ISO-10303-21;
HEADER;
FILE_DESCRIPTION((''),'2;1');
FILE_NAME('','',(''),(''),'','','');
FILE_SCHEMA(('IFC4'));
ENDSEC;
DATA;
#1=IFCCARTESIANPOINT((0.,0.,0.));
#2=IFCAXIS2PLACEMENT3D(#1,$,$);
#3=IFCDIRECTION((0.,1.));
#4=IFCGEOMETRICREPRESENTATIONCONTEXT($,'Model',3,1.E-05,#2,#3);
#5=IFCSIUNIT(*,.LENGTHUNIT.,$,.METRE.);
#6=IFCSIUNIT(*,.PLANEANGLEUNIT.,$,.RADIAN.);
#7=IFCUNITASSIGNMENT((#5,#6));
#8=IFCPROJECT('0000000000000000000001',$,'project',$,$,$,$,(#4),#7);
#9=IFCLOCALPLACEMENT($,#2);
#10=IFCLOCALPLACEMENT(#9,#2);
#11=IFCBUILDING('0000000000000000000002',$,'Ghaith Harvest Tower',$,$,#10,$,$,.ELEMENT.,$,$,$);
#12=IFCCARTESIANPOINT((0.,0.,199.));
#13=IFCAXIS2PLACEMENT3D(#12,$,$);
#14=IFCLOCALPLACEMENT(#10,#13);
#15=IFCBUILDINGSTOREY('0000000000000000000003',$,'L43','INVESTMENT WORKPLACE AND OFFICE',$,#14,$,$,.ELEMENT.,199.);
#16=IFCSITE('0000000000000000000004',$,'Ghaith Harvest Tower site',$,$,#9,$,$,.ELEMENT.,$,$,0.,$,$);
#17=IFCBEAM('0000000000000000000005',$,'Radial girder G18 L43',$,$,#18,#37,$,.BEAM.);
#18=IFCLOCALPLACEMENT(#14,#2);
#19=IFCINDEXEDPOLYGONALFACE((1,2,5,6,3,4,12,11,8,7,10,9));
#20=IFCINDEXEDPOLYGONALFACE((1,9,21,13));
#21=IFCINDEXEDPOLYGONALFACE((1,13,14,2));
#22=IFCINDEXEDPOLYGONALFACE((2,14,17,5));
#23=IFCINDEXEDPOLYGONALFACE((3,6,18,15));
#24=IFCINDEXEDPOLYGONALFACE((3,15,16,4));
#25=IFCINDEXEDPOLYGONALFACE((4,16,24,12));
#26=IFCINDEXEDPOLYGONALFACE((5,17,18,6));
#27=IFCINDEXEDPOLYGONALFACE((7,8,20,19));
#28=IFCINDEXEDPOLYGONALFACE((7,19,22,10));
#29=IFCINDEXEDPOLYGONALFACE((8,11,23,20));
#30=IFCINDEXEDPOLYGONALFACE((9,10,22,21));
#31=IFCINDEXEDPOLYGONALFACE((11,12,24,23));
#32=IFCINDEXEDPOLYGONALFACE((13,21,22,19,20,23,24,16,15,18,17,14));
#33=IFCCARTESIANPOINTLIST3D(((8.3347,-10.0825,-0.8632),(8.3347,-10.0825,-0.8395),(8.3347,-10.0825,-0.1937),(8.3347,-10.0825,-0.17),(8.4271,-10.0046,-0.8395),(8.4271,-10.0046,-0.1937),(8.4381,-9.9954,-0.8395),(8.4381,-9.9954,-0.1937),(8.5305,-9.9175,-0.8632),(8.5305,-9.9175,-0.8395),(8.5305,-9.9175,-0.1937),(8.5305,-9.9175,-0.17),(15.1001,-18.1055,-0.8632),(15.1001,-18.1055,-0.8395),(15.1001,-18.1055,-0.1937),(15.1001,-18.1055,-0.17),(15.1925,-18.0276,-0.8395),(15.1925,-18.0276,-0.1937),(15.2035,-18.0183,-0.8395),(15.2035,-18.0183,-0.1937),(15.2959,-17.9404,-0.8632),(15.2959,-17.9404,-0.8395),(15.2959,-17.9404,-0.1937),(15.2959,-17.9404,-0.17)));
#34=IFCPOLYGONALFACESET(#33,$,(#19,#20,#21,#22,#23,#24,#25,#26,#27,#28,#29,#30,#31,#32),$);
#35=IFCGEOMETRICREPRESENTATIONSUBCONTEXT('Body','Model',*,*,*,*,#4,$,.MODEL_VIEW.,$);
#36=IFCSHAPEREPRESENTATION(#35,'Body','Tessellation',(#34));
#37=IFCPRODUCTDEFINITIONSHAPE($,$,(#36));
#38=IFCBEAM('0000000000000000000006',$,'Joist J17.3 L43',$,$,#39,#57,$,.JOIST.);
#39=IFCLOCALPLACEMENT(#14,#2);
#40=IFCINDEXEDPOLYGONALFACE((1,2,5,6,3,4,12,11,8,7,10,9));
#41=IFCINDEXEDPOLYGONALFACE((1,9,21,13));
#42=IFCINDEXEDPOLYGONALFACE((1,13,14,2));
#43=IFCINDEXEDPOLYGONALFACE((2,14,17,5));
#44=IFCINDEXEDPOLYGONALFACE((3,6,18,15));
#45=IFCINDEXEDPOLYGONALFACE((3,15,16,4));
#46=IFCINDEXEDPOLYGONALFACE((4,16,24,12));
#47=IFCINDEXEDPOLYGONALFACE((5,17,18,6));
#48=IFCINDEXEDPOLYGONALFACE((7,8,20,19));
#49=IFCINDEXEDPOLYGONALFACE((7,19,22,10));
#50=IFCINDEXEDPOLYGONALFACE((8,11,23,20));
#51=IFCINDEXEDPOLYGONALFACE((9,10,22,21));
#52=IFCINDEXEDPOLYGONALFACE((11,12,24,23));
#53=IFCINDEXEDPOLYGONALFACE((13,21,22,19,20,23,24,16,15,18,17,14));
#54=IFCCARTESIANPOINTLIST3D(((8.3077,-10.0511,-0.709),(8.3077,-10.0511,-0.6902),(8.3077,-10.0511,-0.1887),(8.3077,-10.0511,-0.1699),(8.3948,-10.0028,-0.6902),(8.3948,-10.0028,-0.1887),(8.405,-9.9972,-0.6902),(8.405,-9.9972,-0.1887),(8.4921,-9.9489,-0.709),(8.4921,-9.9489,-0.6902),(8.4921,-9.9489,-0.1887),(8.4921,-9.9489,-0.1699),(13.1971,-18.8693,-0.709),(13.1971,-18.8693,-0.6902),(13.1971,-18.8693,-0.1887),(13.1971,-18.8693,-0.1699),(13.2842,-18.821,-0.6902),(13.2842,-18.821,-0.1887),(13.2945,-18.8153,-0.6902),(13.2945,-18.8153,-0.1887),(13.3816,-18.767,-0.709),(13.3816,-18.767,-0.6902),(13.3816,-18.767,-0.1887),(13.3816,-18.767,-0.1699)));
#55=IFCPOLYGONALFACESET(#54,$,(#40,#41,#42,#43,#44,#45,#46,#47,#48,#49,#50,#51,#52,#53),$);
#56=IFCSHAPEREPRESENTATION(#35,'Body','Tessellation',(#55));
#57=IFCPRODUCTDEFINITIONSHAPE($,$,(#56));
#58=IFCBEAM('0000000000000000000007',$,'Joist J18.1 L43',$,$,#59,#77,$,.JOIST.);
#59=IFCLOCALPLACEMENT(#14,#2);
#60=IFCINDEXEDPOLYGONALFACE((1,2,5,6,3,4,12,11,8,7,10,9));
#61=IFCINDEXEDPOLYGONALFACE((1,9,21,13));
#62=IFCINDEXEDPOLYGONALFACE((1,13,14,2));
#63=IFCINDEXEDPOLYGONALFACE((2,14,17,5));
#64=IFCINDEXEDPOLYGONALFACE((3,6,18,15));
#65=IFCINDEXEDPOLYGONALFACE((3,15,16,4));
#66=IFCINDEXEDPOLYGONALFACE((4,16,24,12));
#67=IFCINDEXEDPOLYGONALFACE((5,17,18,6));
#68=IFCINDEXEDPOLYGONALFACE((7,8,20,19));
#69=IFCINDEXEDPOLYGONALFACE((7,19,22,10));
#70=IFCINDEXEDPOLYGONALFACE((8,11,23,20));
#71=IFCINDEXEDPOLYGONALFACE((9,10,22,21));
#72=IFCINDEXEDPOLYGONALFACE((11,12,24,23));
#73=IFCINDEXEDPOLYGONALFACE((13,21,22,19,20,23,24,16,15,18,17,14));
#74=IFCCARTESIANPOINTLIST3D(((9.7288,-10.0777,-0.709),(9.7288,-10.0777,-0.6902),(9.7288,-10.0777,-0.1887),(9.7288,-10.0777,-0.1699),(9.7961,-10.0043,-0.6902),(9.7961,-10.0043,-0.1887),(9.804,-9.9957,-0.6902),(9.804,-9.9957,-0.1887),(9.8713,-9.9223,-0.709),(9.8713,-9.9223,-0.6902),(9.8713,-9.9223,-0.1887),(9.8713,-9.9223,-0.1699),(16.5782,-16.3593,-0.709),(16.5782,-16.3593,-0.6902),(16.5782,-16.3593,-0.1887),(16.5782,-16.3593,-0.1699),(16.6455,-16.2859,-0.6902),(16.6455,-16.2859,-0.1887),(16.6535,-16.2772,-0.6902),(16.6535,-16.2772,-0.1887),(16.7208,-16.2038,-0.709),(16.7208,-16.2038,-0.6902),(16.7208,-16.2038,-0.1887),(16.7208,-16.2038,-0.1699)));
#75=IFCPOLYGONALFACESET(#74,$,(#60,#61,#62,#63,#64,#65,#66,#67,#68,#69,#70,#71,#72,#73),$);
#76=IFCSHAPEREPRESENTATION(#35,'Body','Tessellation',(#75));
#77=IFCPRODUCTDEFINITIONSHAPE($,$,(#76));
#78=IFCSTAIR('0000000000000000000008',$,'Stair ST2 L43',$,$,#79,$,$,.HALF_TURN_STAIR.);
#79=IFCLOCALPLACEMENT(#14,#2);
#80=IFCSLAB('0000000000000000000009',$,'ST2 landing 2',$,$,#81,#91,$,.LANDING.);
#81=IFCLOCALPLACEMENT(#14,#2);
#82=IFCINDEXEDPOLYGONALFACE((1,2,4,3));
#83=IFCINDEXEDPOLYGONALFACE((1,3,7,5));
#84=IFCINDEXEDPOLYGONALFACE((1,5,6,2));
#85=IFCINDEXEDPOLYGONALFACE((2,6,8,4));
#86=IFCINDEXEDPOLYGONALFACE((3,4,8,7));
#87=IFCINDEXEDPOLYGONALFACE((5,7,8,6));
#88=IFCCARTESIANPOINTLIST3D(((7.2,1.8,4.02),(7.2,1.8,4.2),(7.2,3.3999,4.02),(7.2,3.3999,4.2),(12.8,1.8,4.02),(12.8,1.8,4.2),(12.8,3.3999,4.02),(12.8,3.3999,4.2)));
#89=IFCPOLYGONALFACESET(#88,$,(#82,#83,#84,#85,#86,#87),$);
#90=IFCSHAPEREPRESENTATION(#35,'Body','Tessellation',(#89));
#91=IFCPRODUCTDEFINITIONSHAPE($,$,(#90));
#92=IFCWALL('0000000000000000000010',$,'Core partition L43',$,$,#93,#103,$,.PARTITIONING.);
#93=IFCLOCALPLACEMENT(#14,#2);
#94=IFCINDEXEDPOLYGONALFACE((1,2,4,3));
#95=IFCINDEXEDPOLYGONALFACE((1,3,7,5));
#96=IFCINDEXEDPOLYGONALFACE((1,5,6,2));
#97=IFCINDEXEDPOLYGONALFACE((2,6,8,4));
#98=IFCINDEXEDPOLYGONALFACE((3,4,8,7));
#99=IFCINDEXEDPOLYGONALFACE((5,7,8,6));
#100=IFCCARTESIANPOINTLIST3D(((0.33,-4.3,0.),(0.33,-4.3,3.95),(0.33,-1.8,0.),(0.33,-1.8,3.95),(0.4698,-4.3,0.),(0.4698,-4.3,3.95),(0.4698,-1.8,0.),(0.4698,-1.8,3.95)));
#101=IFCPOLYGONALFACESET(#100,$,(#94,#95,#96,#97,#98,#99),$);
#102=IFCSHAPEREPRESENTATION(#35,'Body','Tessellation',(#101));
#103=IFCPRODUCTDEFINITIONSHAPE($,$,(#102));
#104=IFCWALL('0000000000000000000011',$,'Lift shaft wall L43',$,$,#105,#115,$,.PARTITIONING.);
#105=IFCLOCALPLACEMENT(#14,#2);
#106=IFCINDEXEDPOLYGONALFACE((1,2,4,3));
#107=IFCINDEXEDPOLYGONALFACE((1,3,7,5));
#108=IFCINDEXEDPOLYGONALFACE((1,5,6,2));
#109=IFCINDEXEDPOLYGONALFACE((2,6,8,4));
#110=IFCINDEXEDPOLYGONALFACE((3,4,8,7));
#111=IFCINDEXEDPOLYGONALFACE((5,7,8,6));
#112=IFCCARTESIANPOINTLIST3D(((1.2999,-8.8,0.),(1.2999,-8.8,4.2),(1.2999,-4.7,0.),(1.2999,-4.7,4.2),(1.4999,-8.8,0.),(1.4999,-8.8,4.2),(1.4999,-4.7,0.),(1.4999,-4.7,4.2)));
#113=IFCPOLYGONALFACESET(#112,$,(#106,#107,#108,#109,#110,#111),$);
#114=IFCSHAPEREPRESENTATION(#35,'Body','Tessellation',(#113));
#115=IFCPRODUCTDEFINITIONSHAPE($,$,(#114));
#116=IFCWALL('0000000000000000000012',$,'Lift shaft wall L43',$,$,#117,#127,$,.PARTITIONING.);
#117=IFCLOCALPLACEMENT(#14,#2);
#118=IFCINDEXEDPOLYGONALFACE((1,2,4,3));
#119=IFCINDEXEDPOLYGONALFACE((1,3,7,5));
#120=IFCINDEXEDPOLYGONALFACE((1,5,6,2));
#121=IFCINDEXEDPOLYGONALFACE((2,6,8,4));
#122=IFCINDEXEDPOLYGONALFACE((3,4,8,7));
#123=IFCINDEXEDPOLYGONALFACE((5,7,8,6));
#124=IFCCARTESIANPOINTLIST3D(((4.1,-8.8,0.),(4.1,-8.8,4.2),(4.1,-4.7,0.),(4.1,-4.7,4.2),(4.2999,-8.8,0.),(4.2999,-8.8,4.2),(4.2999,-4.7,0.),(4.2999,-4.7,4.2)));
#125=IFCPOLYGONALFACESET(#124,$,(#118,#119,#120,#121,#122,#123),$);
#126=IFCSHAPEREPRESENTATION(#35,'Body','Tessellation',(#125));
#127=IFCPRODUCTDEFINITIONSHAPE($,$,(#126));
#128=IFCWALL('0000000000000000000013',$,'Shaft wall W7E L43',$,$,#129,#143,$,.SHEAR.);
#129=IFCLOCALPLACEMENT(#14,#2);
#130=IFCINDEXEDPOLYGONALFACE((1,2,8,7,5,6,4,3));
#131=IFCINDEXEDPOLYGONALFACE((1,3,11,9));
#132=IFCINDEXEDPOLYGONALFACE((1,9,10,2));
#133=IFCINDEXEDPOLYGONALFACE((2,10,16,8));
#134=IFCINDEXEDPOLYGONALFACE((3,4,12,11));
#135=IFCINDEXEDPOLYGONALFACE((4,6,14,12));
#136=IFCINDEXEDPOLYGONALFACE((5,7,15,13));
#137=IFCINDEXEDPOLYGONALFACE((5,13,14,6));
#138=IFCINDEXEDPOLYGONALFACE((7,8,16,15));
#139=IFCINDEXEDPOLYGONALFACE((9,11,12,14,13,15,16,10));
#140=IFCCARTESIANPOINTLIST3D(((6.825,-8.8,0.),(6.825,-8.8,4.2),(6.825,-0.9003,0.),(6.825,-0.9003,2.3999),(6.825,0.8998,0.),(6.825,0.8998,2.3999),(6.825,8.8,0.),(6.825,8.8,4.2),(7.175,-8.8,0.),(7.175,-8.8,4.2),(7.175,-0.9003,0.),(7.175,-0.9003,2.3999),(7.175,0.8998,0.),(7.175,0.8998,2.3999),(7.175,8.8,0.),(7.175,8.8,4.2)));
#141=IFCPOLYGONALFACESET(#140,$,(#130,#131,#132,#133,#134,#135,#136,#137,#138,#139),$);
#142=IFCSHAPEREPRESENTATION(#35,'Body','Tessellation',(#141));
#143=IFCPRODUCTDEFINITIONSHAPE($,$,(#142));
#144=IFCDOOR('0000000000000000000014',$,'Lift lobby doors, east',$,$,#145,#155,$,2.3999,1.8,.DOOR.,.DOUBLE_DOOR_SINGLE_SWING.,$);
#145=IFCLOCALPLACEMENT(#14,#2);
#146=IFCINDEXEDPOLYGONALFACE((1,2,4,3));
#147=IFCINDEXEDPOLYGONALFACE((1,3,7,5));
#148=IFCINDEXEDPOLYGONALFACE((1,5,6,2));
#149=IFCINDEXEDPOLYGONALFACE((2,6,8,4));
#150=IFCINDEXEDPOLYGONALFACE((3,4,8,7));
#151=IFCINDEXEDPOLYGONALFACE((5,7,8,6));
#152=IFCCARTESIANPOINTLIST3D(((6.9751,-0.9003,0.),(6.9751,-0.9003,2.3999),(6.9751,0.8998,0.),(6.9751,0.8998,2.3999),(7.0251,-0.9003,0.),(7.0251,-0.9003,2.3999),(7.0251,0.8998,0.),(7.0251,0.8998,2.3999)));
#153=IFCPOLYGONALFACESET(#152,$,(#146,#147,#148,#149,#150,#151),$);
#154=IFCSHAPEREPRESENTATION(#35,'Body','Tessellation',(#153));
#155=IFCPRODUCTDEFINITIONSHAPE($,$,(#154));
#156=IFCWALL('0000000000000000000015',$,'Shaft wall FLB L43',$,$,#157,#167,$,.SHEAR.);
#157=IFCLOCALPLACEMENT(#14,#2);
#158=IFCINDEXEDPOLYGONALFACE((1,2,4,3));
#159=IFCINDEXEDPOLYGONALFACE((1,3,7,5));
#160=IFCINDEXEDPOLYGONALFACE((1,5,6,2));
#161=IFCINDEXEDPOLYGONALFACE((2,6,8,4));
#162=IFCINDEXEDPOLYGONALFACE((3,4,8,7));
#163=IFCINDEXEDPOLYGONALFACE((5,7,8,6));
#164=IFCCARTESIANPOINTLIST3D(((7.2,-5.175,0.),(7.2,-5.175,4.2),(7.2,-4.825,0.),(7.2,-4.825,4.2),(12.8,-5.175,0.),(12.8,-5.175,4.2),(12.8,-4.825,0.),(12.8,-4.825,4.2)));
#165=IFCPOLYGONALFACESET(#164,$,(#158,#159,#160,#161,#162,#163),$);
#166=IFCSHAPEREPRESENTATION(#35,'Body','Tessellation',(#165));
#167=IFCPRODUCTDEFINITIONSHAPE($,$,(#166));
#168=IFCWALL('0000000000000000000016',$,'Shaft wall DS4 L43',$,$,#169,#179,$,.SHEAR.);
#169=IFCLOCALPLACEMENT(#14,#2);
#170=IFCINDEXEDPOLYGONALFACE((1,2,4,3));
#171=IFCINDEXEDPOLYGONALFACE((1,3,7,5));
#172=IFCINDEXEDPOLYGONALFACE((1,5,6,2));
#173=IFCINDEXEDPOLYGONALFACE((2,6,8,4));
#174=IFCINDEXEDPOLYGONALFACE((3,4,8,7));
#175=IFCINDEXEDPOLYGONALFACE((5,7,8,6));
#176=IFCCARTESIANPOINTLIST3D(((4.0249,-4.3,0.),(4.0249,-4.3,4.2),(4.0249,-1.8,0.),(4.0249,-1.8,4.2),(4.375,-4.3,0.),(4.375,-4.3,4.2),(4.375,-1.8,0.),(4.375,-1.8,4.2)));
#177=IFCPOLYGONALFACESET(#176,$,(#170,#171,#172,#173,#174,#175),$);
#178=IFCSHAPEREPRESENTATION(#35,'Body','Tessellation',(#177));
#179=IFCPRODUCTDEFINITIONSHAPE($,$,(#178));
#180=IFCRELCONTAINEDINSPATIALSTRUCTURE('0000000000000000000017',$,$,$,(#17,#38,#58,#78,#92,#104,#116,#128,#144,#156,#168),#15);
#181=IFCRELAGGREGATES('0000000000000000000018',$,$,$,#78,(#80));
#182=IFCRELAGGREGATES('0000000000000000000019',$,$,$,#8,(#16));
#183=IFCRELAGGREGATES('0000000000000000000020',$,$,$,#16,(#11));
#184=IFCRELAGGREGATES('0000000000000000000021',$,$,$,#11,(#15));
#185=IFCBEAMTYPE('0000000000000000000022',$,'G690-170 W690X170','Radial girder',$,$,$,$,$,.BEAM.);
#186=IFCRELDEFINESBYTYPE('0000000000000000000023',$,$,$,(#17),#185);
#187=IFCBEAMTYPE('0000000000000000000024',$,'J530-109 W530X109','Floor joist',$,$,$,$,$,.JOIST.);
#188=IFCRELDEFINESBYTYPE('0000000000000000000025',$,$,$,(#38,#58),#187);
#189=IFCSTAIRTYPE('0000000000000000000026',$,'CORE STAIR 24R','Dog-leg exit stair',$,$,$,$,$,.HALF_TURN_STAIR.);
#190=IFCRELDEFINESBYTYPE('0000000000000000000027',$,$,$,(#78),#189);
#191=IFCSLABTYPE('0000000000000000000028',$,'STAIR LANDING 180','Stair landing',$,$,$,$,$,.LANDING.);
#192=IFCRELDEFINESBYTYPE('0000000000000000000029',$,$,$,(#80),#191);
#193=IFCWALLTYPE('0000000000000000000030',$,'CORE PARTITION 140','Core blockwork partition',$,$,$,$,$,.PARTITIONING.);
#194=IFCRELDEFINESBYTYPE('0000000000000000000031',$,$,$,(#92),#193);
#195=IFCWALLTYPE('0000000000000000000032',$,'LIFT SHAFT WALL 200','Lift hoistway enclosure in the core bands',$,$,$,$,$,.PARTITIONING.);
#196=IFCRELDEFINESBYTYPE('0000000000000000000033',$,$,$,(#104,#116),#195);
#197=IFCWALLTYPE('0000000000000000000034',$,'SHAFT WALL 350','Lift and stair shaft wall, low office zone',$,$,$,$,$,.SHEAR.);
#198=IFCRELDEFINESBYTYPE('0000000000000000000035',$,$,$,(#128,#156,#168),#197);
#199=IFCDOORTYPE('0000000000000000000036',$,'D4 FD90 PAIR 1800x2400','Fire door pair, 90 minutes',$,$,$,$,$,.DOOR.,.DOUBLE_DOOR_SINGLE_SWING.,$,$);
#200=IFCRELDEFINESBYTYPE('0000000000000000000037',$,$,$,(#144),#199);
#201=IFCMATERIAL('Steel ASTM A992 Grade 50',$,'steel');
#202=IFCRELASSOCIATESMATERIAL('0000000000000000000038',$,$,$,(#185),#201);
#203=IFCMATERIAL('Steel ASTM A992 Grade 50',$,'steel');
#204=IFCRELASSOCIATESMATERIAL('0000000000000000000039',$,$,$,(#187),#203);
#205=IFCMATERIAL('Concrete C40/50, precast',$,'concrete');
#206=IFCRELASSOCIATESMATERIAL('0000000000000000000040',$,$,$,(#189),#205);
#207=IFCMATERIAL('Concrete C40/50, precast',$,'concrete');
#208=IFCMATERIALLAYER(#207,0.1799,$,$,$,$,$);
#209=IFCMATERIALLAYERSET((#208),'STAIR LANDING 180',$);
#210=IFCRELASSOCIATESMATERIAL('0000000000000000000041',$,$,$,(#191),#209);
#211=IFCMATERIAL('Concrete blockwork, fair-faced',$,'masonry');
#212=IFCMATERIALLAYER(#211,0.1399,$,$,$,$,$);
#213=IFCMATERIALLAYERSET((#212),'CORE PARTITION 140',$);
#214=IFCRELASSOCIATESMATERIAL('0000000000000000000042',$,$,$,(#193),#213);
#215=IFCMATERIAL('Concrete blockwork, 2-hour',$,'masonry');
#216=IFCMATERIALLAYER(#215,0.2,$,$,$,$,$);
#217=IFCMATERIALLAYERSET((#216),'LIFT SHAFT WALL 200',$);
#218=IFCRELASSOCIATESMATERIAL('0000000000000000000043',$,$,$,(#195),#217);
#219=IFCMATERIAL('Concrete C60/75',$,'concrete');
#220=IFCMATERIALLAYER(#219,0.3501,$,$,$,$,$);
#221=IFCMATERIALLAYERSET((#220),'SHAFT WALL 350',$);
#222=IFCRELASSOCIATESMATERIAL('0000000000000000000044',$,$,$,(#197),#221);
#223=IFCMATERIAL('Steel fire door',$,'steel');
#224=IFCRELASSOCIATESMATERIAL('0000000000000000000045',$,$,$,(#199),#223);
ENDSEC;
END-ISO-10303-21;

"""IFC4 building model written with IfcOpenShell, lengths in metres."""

from ifc_helpers import new_model, si_unit, direction, frame, frame_2d, origin, origin_2d, place, context, subcontext, project, spatial, polyline, rectangle, i_section, outline, extrude, material, layer, layer_set, material_profile, profile_set, type_object, element, fill, aggregate, save


model = new_model("IFC4")

# Units and contexts
model_context = context("Model", 3, precision=1e-05, world=origin(), true_north=direction((0.0, 1.0)))
body_context = subcontext(model_context, "Body", "Model", "MODEL_VIEW")
ifc_project = project(units=[si_unit("LENGTHUNIT", "METRE"), si_unit("PLANEANGLEUNIT", "RADIAN")], contexts=[model_context])

# Site, building, storey
site_placement = place(None, origin())
site = spatial("IfcSite", under=ifc_project, at=site_placement, Name="Ghaith Harvest Tower site", CompositionType="ELEMENT", RefElevation=0.0)
building_placement = place(site_placement, origin())
building = spatial("IfcBuilding", under=site, at=building_placement, Name="Ghaith Harvest Tower", CompositionType="ELEMENT")
storey_placement = place(building_placement, frame((0.0, 0.0, 199.0)))
storey = spatial("IfcBuildingStorey", under=building, at=storey_placement, Name="L43", Description="INVESTMENT WORKPLACE AND OFFICE", CompositionType="ELEMENT", Elevation=199.0)

# Beams
ifc_material_1 = material(Name="Steel ASTM A992 Grade 50", Category="steel")
ifc_material_profile_1 = material_profile(ifc_material_1, i_section(OverallWidth=0.2561, OverallDepth=0.6931, WebThickness=0.0144, FlangeThickness=0.0237, at=origin_2d()), Name="W690X170")
ifc_profile_set_1 = profile_set([ifc_material_profile_1], Name="Steel ASTM A992 Grade 50")
beam_type_1 = type_object("IfcBeamType", Name="G690-170 W690X170", Description="Radial girder", PredefinedType="BEAM", material=ifc_profile_set_1)
beam_1_placement = place(storey_placement, frame((8.4326, -10.0, -0.5166), z_axis=(0.644649, -0.764478, 0.0), x_axis=(0.764478, 0.644649, 0.0)))
element("IfcBeam", 1, at=beam_1_placement, inside=storey, type_object=beam_type_1, Name="Radial girder G18 L43", PredefinedType="BEAM", context=body_context, shape_type="SweptSolid", body=[
    extrude(i_section(OverallWidth=0.2561, OverallDepth=0.6931, WebThickness=0.0144, FlangeThickness=0.0237, at=origin_2d()), origin(), (0.0, 0.0, 1.0), 10.4946),
])
ifc_material_2 = material(Name="Steel ASTM A992 Grade 50", Category="steel")
ifc_material_profile_2 = material_profile(ifc_material_2, i_section(OverallWidth=0.2109, OverallDepth=0.5391, WebThickness=0.0117, FlangeThickness=0.0188, at=origin_2d()), Name="W530X109")
ifc_profile_set_2 = profile_set([ifc_material_profile_2], Name="Steel ASTM A992 Grade 50")
beam_type_2 = type_object("IfcBeamType", Name="J530-109 W530X109", Description="Floor joist", PredefinedType="JOIST", material=ifc_profile_set_2)
beam_2_placement = place(storey_placement, frame((8.3999, -10.0, -0.4395), z_axis=(0.484919, -0.874559, 0.0), x_axis=(0.874559, 0.484919, 0.0)))
element("IfcBeam", 2, at=beam_2_placement, inside=storey, type_object=beam_type_2, Name="Joist J17.3 L43", PredefinedType="JOIST", context=body_context, shape_type="SweptSolid", body=[
    extrude(i_section(OverallWidth=0.2109, OverallDepth=0.5391, WebThickness=0.0117, FlangeThickness=0.0188, at=origin_2d()), origin(), (0.0, 0.0, 1.0), 10.083),
])
beam_3_placement = place(storey_placement, frame((9.8, -10.0, -0.4395), z_axis=(0.736998, -0.675895, 0.0), x_axis=(0.675895, 0.736998, 0.0)))
element("IfcBeam", 3, at=beam_3_placement, inside=storey, type_object=beam_type_2, Name="Joist J18.1 L43", PredefinedType="JOIST", context=body_context, shape_type="SweptSolid", body=[
    extrude(i_section(OverallWidth=0.2109, OverallDepth=0.5391, WebThickness=0.0117, FlangeThickness=0.0188, at=origin_2d()), origin(), (0.0, 0.0, 1.0), 9.2937),
])

# Stair, slab
ifc_material_3 = material(Name="Concrete C40/50, precast", Category="concrete")
stair_type = type_object("IfcStairType", Name="CORE STAIR 24R", Description="Dog-leg exit stair", PredefinedType="HALF_TURN_STAIR", material=ifc_material_3)
stair_placement = place(storey_placement, origin())
stair = element("IfcStair", 4, at=stair_placement, inside=storey, type_object=stair_type, Name="Stair ST2 L43", PredefinedType="HALF_TURN_STAIR")
ifc_material_4 = material(Name="Concrete C40/50, precast", Category="concrete")
ifc_layer_1 = layer(ifc_material_4, 0.1799)
ifc_layer_set_1 = layer_set([ifc_layer_1], Name="STAIR LANDING 180")
slab_type = type_object("IfcSlabType", Name="STAIR LANDING 180", Description="Stair landing", PredefinedType="LANDING", material=ifc_layer_set_1)
slab_placement = place(storey_placement, frame((0.0, 0.0, 4.02)))
slab = element("IfcSlab", 5, at=slab_placement, type_object=slab_type, Name="ST2 landing 2", PredefinedType="LANDING", context=body_context, shape_type="SweptSolid", body=[
    extrude(outline(polyline([(12.8, 1.8), (12.8, 3.3999), (7.2, 3.3999), (7.2, 1.8), (12.8, 1.8)])), origin(), (0.0, 0.0, 1.0), 0.1799),
])
aggregate(stair, [slab])

# Walls
ifc_material_5 = material(Name="Concrete blockwork, fair-faced", Category="masonry")
ifc_layer_2 = layer(ifc_material_5, 0.1399)
ifc_layer_set_2 = layer_set([ifc_layer_2], Name="CORE PARTITION 140")
wall_type_1 = type_object("IfcWallType", Name="CORE PARTITION 140", Description="Core blockwork partition", PredefinedType="PARTITIONING", material=ifc_layer_set_2)
wall_1_placement = place(storey_placement, frame((0.3999, -1.8, 0.0), z_axis=(0.0, 0.0, 1.0), x_axis=(0.0, -1.0, 0.0)))
element("IfcWall", 6, at=wall_1_placement, inside=storey, type_object=wall_type_1, Name="Core partition L43", PredefinedType="PARTITIONING", context=body_context, shape_type="SweptSolid", body=[
    extrude(rectangle(XDim=2.5, YDim=0.1399, at=frame_2d((1.25, 0.0))), origin(), (0.0, 0.0, 1.0), 3.95),
])
ifc_material_6 = material(Name="Concrete blockwork, 2-hour", Category="masonry")
ifc_layer_3 = layer(ifc_material_6, 0.2)
ifc_layer_set_3 = layer_set([ifc_layer_3], Name="LIFT SHAFT WALL 200")
wall_type_2 = type_object("IfcWallType", Name="LIFT SHAFT WALL 200", Description="Lift hoistway enclosure in the core bands", PredefinedType="PARTITIONING", material=ifc_layer_set_3)
for number, where, z_axis, x_axis, name in (
    (7, (1.3999, -4.7, 0.0), (0.0, 0.0, 1.0), (0.0, -1.0, 0.0), "Lift shaft wall L43"),
    (8, (4.2, -4.7, 0.0), (0.0, 0.0, 1.0), (0.0, -1.0, 0.0), "Lift shaft wall L43"),
):
    element("IfcWall", number, at=place(storey_placement, frame(where, z_axis=z_axis, x_axis=x_axis)), inside=storey, type_object=wall_type_2, Name=name, PredefinedType="PARTITIONING", context=body_context, shape_type="SweptSolid", body=[
        extrude(rectangle(XDim=4.1001, YDim=0.2, at=frame_2d((2.05, 0.0))), origin(), (0.0, 0.0, 1.0), 4.2),
    ])

# Wall, opening, door
ifc_material_7 = material(Name="Concrete C60/75", Category="concrete")
ifc_layer_4 = layer(ifc_material_7, 0.3501)
ifc_layer_set_4 = layer_set([ifc_layer_4], Name="SHAFT WALL 350")
wall_type_3 = type_object("IfcWallType", Name="SHAFT WALL 350", Description="Lift and stair shaft wall, low office zone", PredefinedType="SHEAR", material=ifc_layer_set_4)
wall_2_placement = place(storey_placement, frame((7.0, -8.8, 0.0), z_axis=(0.0, 0.0, 1.0), x_axis=(0.0, 1.0, 0.0)))
wall_2 = element("IfcWall", 9, at=wall_2_placement, inside=storey, type_object=wall_type_3, Name="Shaft wall W7E L43", PredefinedType="SHEAR", context=body_context, shape_type="SweptSolid", body=[
    extrude(rectangle(XDim=17.6001, YDim=0.3501, at=frame_2d((8.8, 0.0))), origin(), (0.0, 0.0, 1.0), 4.2),
])
opening_1_placement = place(wall_2_placement, frame((7.8999, 0.0, 0.0)))
opening_1 = element("IfcOpeningElement", 10, at=opening_1_placement, cuts=wall_2, PredefinedType="OPENING", context=body_context, shape_type="SweptSolid", body=[
    extrude(rectangle(XDim=1.8, YDim=2.3999, at=frame_2d((0.8999, 1.2))), frame((0.0, 0.1851, 0.0), z_axis=(0.0, -1.0, 0.0), x_axis=(1.0, 0.0, 0.0)), (0.0, 0.0, 1.0), 0.3701),
])
ifc_material_8 = material(Name="Steel fire door", Category="steel")
door_type_1 = type_object("IfcDoorType", Name="D4 FD90 PAIR 1800x2400", Description="Fire door pair, 90 minutes", OperationType="DOUBLE_DOOR_SINGLE_SWING", PredefinedType="DOOR", material=ifc_material_8)
door_1_placement = place(opening_1_placement, origin())
door_1 = element("IfcDoor", 11, at=door_1_placement, inside=storey, type_object=door_type_1, Name="Lift lobby doors, east", OperationType="DOUBLE_DOOR_SINGLE_SWING", OverallHeight=2.3999, OverallWidth=1.8, PredefinedType="DOOR", context=body_context, shape_type="SweptSolid", body=[
    extrude(rectangle(XDim=1.8, YDim=2.3999, at=frame_2d((0.8999, 1.2))), frame((0.0, 0.0249, 0.0), z_axis=(0.0, -1.0, 0.0), x_axis=(1.0, 0.0, 0.0)), (0.0, 0.0, 1.0), 0.05),
])
fill(opening_1, door_1)

# Walls
wall_3_placement = place(storey_placement, frame((7.2, -5.0, 0.0), z_axis=(0.0, 0.0, 1.0), x_axis=(1.0, 0.0, 0.0)))
element("IfcWall", 12, at=wall_3_placement, inside=storey, type_object=wall_type_3, Name="Shaft wall FLB L43", PredefinedType="SHEAR", context=body_context, shape_type="SweptSolid", body=[
    extrude(rectangle(XDim=5.6001, YDim=0.3501, at=frame_2d((2.8, 0.0))), origin(), (0.0, 0.0, 1.0), 4.2),
])
wall_4_placement = place(storey_placement, frame((4.2, -4.3, 0.0), z_axis=(0.0, 0.0, 1.0), x_axis=(0.0, 1.0, 0.0)))
element("IfcWall", 13, at=wall_4_placement, inside=storey, type_object=wall_type_3, Name="Shaft wall DS4 L43", PredefinedType="SHEAR", context=body_context, shape_type="SweptSolid", body=[
    extrude(rectangle(XDim=2.5, YDim=0.3501, at=frame_2d((1.25, 0.0))), origin(), (0.0, 0.0, 1.0), 4.2),
])

save(model, "model.ifc")
